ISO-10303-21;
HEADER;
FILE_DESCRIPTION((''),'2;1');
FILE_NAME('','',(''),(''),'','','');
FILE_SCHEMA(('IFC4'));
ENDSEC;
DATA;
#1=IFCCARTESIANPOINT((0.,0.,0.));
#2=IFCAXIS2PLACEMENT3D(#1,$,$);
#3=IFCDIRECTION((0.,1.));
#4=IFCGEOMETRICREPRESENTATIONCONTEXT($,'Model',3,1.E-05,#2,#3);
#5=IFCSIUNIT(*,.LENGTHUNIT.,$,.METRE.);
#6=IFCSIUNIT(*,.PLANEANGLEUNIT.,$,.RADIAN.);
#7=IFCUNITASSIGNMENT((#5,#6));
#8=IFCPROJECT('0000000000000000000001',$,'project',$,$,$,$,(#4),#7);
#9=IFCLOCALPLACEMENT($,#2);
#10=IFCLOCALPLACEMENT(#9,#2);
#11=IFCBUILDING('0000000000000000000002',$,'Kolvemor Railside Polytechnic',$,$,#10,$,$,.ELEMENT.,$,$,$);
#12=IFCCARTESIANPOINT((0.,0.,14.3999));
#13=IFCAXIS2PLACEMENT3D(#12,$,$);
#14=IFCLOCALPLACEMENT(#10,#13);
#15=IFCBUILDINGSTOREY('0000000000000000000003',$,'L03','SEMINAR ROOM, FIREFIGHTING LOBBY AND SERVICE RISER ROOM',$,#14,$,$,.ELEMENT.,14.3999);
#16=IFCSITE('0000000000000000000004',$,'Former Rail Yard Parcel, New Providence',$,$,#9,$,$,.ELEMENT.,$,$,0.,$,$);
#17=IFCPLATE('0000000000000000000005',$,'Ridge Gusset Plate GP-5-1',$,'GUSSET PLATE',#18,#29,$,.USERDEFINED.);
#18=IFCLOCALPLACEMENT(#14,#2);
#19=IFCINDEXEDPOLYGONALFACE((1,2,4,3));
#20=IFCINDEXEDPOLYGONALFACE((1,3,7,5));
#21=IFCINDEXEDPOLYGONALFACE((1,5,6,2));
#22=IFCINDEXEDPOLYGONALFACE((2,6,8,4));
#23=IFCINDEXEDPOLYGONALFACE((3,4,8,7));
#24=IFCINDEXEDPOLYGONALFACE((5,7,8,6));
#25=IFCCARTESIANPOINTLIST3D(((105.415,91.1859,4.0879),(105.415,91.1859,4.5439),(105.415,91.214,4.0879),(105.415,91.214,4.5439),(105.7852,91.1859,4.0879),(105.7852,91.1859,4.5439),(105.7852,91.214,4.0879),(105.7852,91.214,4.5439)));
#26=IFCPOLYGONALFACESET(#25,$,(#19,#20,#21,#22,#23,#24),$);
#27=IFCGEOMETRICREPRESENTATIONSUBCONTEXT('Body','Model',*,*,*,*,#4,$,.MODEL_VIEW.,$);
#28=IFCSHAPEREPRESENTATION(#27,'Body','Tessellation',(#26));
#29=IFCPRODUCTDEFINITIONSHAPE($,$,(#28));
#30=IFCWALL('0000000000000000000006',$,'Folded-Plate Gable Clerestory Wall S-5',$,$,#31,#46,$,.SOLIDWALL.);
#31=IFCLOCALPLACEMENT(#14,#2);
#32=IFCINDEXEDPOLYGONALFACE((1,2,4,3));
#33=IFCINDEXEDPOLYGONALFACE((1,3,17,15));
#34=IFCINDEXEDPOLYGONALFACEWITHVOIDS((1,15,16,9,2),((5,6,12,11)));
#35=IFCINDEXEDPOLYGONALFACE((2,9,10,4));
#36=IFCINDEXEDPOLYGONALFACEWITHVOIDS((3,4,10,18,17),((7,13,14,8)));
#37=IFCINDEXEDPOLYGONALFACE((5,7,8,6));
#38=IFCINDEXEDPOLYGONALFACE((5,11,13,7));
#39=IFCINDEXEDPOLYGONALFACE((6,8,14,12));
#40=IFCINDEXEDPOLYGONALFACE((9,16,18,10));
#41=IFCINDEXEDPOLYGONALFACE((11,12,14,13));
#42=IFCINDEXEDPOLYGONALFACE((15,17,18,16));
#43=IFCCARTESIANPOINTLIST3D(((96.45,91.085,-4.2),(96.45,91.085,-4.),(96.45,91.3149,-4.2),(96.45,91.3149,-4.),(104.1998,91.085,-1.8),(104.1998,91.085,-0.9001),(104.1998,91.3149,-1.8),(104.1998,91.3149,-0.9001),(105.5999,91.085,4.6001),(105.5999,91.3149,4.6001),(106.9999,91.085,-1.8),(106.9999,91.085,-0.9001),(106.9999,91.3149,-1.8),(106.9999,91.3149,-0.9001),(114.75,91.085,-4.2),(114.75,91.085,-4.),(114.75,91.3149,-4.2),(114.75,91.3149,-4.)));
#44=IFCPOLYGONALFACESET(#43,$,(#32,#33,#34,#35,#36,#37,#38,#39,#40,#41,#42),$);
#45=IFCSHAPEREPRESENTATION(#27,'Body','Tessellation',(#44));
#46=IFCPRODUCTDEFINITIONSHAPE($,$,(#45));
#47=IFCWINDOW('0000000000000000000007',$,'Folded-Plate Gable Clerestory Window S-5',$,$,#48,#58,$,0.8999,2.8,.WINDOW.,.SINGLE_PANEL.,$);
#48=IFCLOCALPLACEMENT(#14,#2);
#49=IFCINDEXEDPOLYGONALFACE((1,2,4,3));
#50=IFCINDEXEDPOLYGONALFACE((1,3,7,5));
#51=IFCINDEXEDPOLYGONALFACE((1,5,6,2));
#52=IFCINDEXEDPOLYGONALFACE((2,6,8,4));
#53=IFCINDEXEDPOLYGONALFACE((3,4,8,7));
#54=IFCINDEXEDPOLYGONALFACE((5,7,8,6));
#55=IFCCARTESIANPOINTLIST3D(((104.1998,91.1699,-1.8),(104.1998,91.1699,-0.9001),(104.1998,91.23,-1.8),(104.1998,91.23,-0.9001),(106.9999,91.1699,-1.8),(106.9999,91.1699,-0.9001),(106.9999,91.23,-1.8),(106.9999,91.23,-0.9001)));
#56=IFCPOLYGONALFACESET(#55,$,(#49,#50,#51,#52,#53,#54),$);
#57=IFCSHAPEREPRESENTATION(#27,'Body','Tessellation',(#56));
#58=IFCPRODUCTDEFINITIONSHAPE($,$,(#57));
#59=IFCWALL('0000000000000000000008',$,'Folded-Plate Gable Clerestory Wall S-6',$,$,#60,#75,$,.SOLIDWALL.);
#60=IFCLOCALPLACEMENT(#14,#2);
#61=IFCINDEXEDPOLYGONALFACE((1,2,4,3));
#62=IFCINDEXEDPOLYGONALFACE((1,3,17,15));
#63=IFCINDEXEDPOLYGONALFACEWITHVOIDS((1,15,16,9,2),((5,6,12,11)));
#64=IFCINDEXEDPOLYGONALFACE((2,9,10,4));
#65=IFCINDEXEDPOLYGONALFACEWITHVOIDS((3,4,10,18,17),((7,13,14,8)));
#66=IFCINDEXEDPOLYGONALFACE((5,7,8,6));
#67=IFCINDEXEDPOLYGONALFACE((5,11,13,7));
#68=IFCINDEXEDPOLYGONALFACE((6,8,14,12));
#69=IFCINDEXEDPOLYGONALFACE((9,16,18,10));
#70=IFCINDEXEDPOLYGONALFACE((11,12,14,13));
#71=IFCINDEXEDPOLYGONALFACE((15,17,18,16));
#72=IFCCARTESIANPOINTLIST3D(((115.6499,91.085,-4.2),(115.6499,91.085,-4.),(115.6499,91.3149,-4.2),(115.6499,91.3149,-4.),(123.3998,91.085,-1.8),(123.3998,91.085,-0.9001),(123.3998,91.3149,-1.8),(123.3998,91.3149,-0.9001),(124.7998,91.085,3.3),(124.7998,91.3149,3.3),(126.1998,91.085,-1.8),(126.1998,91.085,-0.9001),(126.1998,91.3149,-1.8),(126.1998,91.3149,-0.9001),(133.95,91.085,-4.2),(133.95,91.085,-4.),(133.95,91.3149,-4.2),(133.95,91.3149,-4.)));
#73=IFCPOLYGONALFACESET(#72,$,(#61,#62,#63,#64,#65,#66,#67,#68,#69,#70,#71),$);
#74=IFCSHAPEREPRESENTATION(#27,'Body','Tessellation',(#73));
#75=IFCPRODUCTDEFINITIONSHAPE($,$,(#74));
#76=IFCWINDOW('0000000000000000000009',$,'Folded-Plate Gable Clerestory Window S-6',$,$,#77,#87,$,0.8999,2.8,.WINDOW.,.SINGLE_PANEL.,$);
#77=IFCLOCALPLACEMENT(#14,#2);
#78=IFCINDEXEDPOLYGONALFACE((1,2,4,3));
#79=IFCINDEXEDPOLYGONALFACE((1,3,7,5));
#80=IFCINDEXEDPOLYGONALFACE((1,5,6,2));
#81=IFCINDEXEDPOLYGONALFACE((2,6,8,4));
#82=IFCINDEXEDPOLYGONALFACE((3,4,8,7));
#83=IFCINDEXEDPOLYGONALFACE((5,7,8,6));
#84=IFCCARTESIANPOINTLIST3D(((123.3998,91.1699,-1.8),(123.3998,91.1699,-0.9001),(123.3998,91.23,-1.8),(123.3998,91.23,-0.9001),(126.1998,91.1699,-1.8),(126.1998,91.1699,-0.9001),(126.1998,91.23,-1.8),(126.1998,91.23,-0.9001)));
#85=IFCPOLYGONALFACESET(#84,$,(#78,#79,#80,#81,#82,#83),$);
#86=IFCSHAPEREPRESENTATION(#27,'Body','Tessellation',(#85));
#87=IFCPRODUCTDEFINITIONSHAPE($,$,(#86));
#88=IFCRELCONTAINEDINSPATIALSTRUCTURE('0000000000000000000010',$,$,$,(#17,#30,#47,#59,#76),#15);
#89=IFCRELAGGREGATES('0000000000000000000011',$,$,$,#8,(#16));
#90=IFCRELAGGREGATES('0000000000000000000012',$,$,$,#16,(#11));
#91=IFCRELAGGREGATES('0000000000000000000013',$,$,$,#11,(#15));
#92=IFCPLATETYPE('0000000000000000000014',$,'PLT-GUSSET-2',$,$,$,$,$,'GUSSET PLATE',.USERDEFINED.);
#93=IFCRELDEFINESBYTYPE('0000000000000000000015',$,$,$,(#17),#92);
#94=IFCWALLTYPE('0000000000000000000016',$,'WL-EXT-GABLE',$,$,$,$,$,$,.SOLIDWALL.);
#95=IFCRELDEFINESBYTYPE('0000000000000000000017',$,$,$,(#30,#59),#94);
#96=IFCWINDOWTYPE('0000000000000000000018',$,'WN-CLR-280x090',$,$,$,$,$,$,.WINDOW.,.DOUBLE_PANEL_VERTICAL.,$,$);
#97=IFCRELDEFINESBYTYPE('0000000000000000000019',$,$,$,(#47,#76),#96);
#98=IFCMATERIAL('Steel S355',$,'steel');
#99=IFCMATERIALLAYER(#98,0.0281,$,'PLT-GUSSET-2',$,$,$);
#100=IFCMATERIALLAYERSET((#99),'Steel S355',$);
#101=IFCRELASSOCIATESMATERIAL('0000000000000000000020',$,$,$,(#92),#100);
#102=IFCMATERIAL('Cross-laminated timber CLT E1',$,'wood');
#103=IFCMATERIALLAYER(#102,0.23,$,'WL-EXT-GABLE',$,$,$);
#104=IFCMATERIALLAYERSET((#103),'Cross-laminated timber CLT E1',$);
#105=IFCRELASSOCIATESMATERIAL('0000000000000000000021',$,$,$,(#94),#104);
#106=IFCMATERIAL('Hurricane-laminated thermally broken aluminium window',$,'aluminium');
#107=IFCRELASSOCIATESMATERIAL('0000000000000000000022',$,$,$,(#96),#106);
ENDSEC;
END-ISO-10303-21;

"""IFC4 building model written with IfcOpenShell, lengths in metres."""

from ifc_helpers import new_model, si_unit, direction, frame, frame_2d, origin, origin_2d, place, context, subcontext, project, spatial, polyline, rectangle, outline, extrude, material, layer, layer_set, type_object, element, fill, save


model = new_model("IFC4")

# Units and contexts
model_context = context("Model", 3, precision=1e-05, world=origin(), true_north=direction((0.0, 1.0)))
body_context = subcontext(model_context, "Body", "Model", "MODEL_VIEW")
ifc_project = project(units=[si_unit("LENGTHUNIT", "METRE"), si_unit("PLANEANGLEUNIT", "RADIAN")], contexts=[model_context])

# Site, building, storey
site_placement = place(None, origin())
site = spatial("IfcSite", under=ifc_project, at=site_placement, Name="Former Rail Yard Parcel, New Providence", CompositionType="ELEMENT", RefElevation=0.0)
building_placement = place(site_placement, origin())
building = spatial("IfcBuilding", under=site, at=building_placement, Name="Kolvemor Railside Polytechnic", CompositionType="ELEMENT")
storey_placement = place(building_placement, frame((0.0, 0.0, 14.3999)))
storey = spatial("IfcBuildingStorey", under=building, at=storey_placement, Name="L03", Description="SEMINAR ROOM, FIREFIGHTING LOBBY AND SERVICE RISER ROOM", CompositionType="ELEMENT", Elevation=14.3999)

# Plate
ifc_material_1 = material(Name="Steel S355", Category="steel")
ifc_layer_1 = layer(ifc_material_1, 0.0281, Name="PLT-GUSSET-2")
ifc_layer_set_1 = layer_set([ifc_layer_1], Name="Steel S355")
plate_type = type_object("IfcPlateType", Name="PLT-GUSSET-2", ElementType="GUSSET PLATE", PredefinedType="USERDEFINED", material=ifc_layer_set_1)
plate_placement = place(storey_placement, frame((105.6001, 91.2, 4.0879), z_axis=(0.0, 0.0, 1.0), x_axis=(1.0, 0.0, 0.0)))
element("IfcPlate", 1, at=plate_placement, inside=storey, type_object=plate_type, Name="Ridge Gusset Plate GP-5-1", ObjectType="GUSSET PLATE", PredefinedType="USERDEFINED", context=body_context, shape_type="SweptSolid", body=[
    extrude(rectangle(XDim=0.3701, YDim=0.0281, at=origin_2d()), origin(), (0.0, 0.0, 1.0), 0.4561),
])

# Walls, openings, windows
ifc_material_2 = material(Name="Cross-laminated timber CLT E1", Category="wood")
ifc_layer_2 = layer(ifc_material_2, 0.23, Name="WL-EXT-GABLE")
ifc_layer_set_2 = layer_set([ifc_layer_2], Name="Cross-laminated timber CLT E1")
wall_type = type_object("IfcWallType", Name="WL-EXT-GABLE", PredefinedType="SOLIDWALL", material=ifc_layer_set_2)
wall_1_placement = place(storey_placement, frame((96.45, 91.2, -4.2), z_axis=(0.0, 0.0, 1.0), x_axis=(1.0, 0.0, 0.0)))
wall_1 = element("IfcWall", 2, at=wall_1_placement, inside=storey, type_object=wall_type, Name="Folded-Plate Gable Clerestory Wall S-5", PredefinedType="SOLIDWALL", context=body_context, shape_type="SweptSolid", body=[
    extrude(outline(polyline([(0.0, 0.0), (18.3, 0.0), (18.3, 0.2), (9.1499, 8.8), (0.0, 0.2), (0.0, 0.0)])), frame((0.0, 0.115, 0.0), z_axis=(0.0, -1.0, 0.0), x_axis=(1.0, 0.0, 0.0)), (0.0, 0.0, 1.0), 0.23),
])
opening_1_placement = place(wall_1_placement, frame((7.75, 0.0, 2.3999)))
opening_1 = element("IfcOpeningElement", 3, at=opening_1_placement, cuts=wall_1, PredefinedType="OPENING", context=body_context, shape_type="SweptSolid", body=[
    extrude(rectangle(XDim=2.8, YDim=0.8999, at=frame_2d((1.3999, 0.45))), frame((0.0, 0.125, 0.0), z_axis=(0.0, -1.0, 0.0), x_axis=(1.0, 0.0, 0.0)), (0.0, 0.0, 1.0), 0.25),
])
ifc_material_3 = material(Name="Hurricane-laminated thermally broken aluminium window", Category="aluminium")
window_type = type_object("IfcWindowType", Name="WN-CLR-280x090", PartitioningType="DOUBLE_PANEL_VERTICAL", PredefinedType="WINDOW", material=ifc_material_3)
window_1_placement = place(opening_1_placement, origin())
window_1 = element("IfcWindow", 4, at=window_1_placement, inside=storey, type_object=window_type, Name="Folded-Plate Gable Clerestory Window S-5", OverallHeight=0.8999, OverallWidth=2.8, PartitioningType="SINGLE_PANEL", PredefinedType="WINDOW", context=body_context, shape_type="SweptSolid", body=[
    extrude(rectangle(XDim=2.8, YDim=0.8999, at=frame_2d((1.3999, 0.45))), frame((0.0, 0.03, 0.0), z_axis=(0.0, -1.0, 0.0), x_axis=(1.0, 0.0, 0.0)), (0.0, 0.0, 1.0), 0.0601),
])
fill(opening_1, window_1)
wall_2_placement = place(storey_placement, frame((115.6499, 91.2, -4.2), z_axis=(0.0, 0.0, 1.0), x_axis=(1.0, 0.0, 0.0)))
wall_2 = element("IfcWall", 5, at=wall_2_placement, inside=storey, type_object=wall_type, Name="Folded-Plate Gable Clerestory Wall S-6", PredefinedType="SOLIDWALL", context=body_context, shape_type="SweptSolid", body=[
    extrude(outline(polyline([(0.0, 0.0), (18.3, 0.0), (18.3, 0.2), (9.1499, 7.5), (0.0, 0.2), (0.0, 0.0)])), frame((0.0, 0.115, 0.0), z_axis=(0.0, -1.0, 0.0), x_axis=(1.0, 0.0, 0.0)), (0.0, 0.0, 1.0), 0.23),
])
opening_2_placement = place(wall_2_placement, frame((7.75, 0.0, 2.3999)))
opening_2 = element("IfcOpeningElement", 6, at=opening_2_placement, cuts=wall_2, PredefinedType="OPENING", context=body_context, shape_type="SweptSolid", body=[
    extrude(rectangle(XDim=2.8, YDim=0.8999, at=frame_2d((1.3999, 0.45))), frame((0.0, 0.125, 0.0), z_axis=(0.0, -1.0, 0.0), x_axis=(1.0, 0.0, 0.0)), (0.0, 0.0, 1.0), 0.25),
])
window_2_placement = place(opening_2_placement, origin())
window_2 = element("IfcWindow", 7, at=window_2_placement, inside=storey, type_object=window_type, Name="Folded-Plate Gable Clerestory Window S-6", OverallHeight=0.8999, OverallWidth=2.8, PartitioningType="SINGLE_PANEL", PredefinedType="WINDOW", context=body_context, shape_type="SweptSolid", body=[
    extrude(rectangle(XDim=2.8, YDim=0.8999, at=frame_2d((1.3999, 0.45))), frame((0.0, 0.03, 0.0), z_axis=(0.0, -1.0, 0.0), x_axis=(1.0, 0.0, 0.0)), (0.0, 0.0, 1.0), 0.0601),
])
fill(opening_2, window_2)

save(model, "model.ifc")
